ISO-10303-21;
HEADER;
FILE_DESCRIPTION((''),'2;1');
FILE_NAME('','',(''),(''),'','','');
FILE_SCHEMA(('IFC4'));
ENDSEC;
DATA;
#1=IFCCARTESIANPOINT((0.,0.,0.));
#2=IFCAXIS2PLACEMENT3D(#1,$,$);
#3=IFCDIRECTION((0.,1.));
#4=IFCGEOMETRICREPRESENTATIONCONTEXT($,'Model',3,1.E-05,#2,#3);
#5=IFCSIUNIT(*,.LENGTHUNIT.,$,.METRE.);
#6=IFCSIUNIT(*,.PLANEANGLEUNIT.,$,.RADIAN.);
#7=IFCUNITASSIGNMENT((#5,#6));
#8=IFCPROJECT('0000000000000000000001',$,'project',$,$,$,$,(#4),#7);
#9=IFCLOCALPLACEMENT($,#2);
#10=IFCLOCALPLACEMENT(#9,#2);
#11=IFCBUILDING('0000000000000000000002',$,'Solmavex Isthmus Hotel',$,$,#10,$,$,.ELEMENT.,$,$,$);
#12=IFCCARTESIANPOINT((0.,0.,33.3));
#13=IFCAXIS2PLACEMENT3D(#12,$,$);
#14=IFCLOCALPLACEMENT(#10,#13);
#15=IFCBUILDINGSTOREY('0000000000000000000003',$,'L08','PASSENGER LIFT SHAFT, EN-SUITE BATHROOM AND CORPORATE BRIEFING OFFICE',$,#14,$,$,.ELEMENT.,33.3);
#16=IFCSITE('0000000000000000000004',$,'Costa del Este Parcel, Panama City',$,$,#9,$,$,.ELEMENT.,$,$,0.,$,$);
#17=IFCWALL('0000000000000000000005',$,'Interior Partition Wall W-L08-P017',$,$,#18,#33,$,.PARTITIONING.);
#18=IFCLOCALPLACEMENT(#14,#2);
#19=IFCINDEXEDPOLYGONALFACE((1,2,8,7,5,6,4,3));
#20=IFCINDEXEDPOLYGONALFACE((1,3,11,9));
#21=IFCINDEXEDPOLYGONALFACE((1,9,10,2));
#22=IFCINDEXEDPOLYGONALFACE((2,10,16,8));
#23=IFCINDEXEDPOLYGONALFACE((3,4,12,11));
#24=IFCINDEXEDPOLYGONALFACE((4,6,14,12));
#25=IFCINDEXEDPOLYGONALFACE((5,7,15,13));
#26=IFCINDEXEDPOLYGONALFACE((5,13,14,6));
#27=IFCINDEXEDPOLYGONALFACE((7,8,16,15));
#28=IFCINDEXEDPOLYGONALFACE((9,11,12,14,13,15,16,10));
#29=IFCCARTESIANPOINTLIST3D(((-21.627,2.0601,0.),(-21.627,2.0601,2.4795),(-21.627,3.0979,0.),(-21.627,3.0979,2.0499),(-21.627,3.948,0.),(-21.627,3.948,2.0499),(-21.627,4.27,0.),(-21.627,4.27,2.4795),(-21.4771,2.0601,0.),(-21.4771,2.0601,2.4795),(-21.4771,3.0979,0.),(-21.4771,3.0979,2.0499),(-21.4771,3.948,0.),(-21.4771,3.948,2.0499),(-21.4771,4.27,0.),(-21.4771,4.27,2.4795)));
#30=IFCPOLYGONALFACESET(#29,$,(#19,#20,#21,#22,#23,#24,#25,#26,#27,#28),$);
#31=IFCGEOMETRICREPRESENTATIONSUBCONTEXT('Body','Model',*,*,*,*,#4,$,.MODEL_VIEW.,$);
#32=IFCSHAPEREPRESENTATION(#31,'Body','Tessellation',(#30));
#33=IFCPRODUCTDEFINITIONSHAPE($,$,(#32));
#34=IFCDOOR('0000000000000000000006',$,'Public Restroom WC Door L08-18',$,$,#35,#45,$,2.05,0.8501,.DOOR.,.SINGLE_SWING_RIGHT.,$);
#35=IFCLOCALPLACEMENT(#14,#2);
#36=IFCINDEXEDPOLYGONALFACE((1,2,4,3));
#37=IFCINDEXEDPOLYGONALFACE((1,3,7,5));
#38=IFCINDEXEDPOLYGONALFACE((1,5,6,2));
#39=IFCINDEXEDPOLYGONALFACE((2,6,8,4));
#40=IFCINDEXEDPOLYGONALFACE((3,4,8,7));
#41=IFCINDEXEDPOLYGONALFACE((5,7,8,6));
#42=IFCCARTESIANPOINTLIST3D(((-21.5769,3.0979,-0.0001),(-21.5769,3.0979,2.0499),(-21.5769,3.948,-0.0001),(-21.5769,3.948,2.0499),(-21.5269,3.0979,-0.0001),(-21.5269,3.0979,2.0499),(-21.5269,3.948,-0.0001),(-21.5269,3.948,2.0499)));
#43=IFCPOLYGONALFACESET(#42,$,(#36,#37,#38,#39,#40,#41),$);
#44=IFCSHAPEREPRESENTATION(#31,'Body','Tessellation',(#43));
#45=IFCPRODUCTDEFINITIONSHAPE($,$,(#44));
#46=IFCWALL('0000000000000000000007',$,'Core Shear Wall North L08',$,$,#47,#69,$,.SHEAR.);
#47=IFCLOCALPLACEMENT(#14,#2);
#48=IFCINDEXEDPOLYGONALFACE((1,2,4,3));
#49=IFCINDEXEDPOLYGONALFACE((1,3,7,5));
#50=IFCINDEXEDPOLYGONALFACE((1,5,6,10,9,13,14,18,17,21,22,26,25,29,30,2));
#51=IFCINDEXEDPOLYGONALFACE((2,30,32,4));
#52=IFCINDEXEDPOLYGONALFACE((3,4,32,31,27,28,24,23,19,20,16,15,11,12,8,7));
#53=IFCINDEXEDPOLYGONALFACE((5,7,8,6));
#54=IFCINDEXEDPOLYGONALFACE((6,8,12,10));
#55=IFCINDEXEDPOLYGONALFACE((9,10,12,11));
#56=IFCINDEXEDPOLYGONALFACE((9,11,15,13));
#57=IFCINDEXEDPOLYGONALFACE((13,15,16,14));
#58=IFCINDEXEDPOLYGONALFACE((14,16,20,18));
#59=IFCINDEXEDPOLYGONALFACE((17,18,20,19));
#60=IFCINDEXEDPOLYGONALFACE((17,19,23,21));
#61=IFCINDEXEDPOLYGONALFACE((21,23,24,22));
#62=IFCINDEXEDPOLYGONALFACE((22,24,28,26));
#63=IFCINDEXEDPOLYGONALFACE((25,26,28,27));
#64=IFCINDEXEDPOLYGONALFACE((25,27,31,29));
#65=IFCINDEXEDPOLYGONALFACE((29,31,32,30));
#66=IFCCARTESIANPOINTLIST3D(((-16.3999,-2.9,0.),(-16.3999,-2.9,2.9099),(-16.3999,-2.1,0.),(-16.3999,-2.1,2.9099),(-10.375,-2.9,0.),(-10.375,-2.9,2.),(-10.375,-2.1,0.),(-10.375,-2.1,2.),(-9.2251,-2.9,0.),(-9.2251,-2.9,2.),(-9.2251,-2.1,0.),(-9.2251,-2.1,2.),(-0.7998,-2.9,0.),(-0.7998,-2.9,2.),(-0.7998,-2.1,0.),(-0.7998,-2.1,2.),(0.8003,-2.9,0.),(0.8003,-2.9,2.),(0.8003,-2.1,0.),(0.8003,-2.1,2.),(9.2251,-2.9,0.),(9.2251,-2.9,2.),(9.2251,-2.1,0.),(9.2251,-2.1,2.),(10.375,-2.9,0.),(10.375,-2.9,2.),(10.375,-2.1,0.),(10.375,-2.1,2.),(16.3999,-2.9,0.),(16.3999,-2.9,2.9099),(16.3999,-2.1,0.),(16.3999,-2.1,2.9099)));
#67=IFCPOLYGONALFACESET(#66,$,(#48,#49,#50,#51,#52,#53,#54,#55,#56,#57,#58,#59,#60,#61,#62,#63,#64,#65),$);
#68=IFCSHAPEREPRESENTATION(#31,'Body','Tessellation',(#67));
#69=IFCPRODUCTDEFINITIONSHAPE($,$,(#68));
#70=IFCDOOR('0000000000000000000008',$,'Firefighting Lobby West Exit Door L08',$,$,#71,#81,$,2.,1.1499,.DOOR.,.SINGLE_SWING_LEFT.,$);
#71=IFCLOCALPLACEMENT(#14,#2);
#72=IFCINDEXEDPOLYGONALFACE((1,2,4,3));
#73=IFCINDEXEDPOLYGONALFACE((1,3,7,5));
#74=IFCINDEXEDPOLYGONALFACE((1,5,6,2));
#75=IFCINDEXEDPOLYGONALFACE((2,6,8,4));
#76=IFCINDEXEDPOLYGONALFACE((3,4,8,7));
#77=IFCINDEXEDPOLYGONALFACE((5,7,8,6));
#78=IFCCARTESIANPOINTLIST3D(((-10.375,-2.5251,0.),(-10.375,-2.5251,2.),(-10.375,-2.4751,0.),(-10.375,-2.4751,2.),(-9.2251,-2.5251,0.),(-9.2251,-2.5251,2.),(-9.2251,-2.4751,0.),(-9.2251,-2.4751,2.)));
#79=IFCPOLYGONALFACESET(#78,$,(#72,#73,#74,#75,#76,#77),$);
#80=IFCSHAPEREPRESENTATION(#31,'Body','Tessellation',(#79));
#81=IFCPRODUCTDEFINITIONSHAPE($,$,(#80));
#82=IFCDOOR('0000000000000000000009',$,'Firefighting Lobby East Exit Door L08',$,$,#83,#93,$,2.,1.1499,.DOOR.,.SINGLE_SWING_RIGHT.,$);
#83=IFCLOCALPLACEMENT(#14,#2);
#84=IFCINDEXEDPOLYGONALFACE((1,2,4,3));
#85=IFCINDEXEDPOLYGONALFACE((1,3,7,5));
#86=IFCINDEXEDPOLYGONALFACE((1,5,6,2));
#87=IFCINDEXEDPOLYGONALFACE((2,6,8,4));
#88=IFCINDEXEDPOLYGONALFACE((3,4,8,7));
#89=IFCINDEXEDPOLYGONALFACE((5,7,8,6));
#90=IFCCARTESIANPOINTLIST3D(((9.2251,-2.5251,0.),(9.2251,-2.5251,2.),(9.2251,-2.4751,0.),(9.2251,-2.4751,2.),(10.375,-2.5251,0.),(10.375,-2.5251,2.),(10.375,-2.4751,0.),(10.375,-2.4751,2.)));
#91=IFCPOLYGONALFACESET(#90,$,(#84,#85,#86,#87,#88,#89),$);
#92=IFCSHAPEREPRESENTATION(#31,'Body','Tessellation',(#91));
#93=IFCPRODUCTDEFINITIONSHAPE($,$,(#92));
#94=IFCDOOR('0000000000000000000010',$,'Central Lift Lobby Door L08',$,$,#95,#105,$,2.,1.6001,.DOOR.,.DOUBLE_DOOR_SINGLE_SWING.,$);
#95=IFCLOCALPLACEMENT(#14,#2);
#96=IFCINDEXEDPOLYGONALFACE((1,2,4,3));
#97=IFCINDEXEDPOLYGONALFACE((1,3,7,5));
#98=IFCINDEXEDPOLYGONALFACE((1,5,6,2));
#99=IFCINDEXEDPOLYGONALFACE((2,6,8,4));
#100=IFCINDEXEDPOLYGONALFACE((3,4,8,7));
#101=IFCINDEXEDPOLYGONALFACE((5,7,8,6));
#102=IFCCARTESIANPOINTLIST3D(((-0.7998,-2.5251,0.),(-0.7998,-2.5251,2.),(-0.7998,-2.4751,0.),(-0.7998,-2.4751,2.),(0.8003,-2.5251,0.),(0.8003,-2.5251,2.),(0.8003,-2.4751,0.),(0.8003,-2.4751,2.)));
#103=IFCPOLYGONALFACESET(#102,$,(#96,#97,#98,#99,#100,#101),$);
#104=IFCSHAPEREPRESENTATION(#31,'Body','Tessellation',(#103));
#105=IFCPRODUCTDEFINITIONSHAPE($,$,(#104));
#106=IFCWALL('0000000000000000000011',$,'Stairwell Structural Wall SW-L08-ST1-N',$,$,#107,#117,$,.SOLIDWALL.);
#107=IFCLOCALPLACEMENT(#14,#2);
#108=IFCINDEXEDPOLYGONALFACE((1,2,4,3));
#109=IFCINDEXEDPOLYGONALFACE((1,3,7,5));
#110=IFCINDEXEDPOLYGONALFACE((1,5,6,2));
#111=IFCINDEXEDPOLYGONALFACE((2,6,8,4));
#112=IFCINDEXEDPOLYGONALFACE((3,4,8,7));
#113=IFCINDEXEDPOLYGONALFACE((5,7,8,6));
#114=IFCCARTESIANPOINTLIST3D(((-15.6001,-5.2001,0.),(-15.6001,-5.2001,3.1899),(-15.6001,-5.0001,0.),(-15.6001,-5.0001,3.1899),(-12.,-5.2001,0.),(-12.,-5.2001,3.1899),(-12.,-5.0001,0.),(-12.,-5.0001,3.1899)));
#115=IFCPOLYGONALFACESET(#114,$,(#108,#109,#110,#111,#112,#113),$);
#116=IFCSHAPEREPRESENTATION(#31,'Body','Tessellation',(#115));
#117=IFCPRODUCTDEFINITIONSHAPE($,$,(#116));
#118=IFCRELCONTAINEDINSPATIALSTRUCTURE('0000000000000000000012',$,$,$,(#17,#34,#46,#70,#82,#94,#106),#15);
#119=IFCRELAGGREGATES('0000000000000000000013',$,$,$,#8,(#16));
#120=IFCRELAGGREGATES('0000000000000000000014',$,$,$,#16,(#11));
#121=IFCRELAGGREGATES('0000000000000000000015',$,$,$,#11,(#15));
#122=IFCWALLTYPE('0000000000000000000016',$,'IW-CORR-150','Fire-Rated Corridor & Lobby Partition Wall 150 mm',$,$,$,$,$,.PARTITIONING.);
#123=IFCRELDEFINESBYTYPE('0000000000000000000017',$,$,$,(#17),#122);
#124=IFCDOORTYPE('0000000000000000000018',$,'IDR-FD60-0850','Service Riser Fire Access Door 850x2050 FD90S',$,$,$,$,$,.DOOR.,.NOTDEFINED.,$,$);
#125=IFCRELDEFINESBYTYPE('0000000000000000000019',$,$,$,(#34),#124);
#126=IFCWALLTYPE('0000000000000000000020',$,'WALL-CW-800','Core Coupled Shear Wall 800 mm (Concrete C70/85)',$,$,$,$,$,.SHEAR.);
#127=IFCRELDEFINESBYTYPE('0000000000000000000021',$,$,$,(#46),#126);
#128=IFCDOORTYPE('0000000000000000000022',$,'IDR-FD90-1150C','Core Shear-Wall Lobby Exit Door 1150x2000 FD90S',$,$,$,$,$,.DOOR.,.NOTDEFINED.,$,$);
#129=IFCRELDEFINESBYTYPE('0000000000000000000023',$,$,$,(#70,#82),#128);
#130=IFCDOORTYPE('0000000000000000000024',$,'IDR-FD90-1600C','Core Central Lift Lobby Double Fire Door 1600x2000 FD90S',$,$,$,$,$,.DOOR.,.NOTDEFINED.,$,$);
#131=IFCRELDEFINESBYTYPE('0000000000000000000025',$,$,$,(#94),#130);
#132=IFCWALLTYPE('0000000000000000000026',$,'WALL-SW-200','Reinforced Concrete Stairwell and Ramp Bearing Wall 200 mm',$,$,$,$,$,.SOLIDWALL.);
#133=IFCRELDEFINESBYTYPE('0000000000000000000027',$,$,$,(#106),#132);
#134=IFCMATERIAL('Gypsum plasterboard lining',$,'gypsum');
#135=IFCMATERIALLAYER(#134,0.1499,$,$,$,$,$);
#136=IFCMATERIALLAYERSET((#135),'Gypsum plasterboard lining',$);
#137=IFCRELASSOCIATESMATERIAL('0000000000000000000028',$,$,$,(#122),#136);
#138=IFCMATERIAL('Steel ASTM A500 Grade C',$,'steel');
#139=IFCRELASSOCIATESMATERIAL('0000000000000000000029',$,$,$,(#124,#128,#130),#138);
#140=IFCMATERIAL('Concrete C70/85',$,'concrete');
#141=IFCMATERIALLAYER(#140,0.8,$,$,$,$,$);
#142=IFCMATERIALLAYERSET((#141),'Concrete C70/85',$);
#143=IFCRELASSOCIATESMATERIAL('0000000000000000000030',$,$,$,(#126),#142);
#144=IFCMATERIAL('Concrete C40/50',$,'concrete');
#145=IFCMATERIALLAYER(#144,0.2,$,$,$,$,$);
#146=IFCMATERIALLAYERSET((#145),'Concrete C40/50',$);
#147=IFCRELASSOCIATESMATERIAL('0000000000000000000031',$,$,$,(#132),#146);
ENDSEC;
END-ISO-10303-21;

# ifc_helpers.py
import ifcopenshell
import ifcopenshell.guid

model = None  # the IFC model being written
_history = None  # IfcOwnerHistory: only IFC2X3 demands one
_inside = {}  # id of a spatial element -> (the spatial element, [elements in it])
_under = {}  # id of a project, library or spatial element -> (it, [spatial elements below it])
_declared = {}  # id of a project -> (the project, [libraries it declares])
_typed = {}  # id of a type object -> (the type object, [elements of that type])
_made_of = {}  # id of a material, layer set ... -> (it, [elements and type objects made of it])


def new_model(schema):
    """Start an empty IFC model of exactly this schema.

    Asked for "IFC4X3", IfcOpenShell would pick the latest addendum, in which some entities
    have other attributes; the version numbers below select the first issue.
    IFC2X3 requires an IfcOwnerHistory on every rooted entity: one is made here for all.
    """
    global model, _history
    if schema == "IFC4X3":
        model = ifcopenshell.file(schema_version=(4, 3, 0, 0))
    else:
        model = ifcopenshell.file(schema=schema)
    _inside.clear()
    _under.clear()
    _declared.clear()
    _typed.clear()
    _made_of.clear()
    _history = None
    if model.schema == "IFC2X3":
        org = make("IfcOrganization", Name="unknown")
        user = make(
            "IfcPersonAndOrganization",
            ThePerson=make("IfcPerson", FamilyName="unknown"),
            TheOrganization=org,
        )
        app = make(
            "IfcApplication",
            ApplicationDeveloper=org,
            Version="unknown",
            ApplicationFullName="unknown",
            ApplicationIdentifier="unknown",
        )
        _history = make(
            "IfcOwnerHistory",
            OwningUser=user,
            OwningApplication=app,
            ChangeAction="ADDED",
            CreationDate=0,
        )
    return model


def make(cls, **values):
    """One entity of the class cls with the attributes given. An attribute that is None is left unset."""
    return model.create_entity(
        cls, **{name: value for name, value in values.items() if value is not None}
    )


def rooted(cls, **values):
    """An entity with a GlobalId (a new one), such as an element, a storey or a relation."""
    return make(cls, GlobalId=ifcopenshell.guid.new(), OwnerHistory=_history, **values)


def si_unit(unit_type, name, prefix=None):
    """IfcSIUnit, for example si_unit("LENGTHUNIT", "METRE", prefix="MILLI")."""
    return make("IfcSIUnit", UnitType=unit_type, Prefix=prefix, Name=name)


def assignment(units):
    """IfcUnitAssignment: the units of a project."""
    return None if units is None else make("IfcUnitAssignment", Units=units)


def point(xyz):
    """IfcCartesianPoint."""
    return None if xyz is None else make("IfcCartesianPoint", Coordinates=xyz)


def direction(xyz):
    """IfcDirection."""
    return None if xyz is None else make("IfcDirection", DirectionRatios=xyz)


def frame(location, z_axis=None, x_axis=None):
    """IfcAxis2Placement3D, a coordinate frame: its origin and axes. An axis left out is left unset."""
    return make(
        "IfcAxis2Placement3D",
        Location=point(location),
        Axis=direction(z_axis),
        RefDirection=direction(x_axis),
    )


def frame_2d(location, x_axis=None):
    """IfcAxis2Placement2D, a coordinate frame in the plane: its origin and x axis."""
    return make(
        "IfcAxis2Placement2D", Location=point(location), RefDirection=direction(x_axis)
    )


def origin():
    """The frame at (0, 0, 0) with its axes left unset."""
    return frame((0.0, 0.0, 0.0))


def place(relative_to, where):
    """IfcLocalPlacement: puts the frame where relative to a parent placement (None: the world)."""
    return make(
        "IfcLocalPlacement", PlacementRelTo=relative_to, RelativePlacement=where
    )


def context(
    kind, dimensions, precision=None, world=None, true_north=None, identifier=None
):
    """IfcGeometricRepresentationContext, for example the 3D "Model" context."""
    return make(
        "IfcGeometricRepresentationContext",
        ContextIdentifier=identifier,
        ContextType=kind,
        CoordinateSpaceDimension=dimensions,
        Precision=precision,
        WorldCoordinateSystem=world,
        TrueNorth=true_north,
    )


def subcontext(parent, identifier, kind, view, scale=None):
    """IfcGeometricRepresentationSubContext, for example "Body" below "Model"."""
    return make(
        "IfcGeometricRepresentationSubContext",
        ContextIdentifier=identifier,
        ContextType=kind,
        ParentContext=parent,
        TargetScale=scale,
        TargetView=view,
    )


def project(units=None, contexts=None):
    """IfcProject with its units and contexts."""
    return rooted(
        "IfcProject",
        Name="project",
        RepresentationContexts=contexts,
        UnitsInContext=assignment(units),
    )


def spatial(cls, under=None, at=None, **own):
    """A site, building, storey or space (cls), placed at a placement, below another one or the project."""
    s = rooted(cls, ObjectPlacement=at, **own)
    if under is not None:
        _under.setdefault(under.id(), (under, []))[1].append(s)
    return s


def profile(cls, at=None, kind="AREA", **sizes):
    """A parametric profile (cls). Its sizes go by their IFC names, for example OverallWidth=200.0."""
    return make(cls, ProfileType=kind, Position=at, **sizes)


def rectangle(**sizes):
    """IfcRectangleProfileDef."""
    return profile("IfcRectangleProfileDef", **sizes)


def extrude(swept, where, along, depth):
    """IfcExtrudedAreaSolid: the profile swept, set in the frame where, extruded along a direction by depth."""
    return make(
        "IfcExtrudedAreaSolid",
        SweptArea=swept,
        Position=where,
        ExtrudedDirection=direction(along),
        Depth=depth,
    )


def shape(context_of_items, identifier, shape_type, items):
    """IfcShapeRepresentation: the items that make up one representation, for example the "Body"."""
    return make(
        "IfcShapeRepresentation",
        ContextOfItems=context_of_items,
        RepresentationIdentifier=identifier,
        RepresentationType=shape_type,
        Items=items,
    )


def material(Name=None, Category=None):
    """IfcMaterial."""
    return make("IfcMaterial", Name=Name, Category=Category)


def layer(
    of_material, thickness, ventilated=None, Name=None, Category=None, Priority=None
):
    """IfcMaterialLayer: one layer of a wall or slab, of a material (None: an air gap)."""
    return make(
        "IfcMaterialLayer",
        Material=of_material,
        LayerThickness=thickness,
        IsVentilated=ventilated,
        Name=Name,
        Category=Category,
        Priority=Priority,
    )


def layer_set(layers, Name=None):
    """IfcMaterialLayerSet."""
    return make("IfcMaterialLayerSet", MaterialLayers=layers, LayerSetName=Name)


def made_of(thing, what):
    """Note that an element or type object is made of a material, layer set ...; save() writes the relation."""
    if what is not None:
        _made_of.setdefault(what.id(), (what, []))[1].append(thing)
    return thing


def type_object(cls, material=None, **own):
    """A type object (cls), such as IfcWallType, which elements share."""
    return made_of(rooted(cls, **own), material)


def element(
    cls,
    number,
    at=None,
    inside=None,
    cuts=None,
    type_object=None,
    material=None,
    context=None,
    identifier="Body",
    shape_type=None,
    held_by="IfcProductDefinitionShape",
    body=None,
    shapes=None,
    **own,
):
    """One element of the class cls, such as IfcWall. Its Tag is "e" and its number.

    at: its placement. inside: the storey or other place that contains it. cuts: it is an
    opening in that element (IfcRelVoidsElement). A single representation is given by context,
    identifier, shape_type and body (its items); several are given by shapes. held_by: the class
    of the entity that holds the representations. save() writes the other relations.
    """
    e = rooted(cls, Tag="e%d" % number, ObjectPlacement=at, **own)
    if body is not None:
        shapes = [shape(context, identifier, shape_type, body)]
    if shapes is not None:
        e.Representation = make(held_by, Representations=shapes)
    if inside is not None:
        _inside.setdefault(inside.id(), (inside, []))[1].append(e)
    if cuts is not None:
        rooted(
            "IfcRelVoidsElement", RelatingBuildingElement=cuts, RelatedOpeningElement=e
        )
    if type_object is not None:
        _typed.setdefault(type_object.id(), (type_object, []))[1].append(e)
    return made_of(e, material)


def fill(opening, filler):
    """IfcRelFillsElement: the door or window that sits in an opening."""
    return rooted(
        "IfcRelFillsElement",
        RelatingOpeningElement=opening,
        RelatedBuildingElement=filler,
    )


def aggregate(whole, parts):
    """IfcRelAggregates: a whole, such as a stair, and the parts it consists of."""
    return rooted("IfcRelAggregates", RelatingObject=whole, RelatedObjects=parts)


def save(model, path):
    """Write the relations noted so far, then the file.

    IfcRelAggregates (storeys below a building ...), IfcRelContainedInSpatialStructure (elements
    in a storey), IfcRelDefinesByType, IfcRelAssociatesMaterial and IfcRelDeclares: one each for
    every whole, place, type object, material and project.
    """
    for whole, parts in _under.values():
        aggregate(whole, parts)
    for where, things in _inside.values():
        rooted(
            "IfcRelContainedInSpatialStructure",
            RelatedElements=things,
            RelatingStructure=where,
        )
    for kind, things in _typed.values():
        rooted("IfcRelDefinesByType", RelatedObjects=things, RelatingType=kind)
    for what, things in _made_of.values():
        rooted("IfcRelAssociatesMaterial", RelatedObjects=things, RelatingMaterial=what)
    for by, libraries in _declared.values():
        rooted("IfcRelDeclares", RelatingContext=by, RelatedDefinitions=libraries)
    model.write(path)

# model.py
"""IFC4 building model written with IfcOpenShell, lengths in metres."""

from ifc_helpers import new_model, si_unit, direction, frame, frame_2d, origin, place, context, subcontext, project, spatial, rectangle, extrude, material, layer, layer_set, type_object, element, fill, save


model = new_model("IFC4")

# Units and contexts
model_context = context("Model", 3, precision=1e-05, world=origin(), true_north=direction((0.0, 1.0)))
body_context = subcontext(model_context, "Body", "Model", "MODEL_VIEW")
ifc_project = project(units=[si_unit("LENGTHUNIT", "METRE"), si_unit("PLANEANGLEUNIT", "RADIAN")], contexts=[model_context])

# Site, building, storey
site_placement = place(None, origin())
site = spatial("IfcSite", under=ifc_project, at=site_placement, Name="Costa del Este Parcel, Panama City", CompositionType="ELEMENT", RefElevation=0.0)
building_placement = place(site_placement, origin())
building = spatial("IfcBuilding", under=site, at=building_placement, Name="Solmavex Isthmus Hotel", CompositionType="ELEMENT")
storey_placement = place(building_placement, frame((0.0, 0.0, 33.3)))
storey = spatial("IfcBuildingStorey", under=building, at=storey_placement, Name="L08", Description="PASSENGER LIFT SHAFT, EN-SUITE BATHROOM AND CORPORATE BRIEFING OFFICE", CompositionType="ELEMENT", Elevation=33.3)

# Shared definitions
ifc_material_1 = material(Name="Concrete C70/85", Category="concrete")

# Shared definitions
ifc_material_2 = material(Name="Gypsum plasterboard lining", Category="gypsum")

# Wall, opening, door
ifc_layer_1 = layer(ifc_material_2, 0.1499)
ifc_layer_set_1 = layer_set([ifc_layer_1], Name="Gypsum plasterboard lining")
wall_type_1 = type_object("IfcWallType", Name="IW-CORR-150", Description="Fire-Rated Corridor & Lobby Partition Wall 150 mm", PredefinedType="PARTITIONING", material=ifc_layer_set_1)
wall_1_placement = place(storey_placement, frame((-21.552, 2.0601, 0.0), z_axis=(0.0, 0.0, 1.0), x_axis=(0.0, 1.0, 0.0)))
wall_1 = element("IfcWall", 1, at=wall_1_placement, inside=storey, type_object=wall_type_1, Name="Interior Partition Wall W-L08-P017", PredefinedType="PARTITIONING", context=body_context, shape_type="SweptSolid", body=[
    extrude(rectangle(XDim=2.21, YDim=0.1499, at=frame_2d((1.105, 0.0))), origin(), (0.0, 0.0, 1.0), 2.4795),
])
opening_1_placement = place(wall_1_placement, frame((1.0378, 0.0, 0.0)))
opening_1 = element("IfcOpeningElement", 2, at=opening_1_placement, cuts=wall_1, PredefinedType="OPENING", context=body_context, shape_type="SweptSolid", body=[
    extrude(rectangle(XDim=0.8501, YDim=2.05, at=frame_2d((0.425, 1.0249))), frame((0.0, 0.085, 0.0), z_axis=(0.0, -1.0, 0.0), x_axis=(1.0, 0.0, 0.0)), (0.0, 0.0, 1.0), 0.1699),
])
ifc_material_3 = material(Name="Steel ASTM A500 Grade C", Category="steel")
door_type_1 = type_object("IfcDoorType", Name="IDR-FD60-0850", Description="Service Riser Fire Access Door 850x2050 FD90S", OperationType="NOTDEFINED", PredefinedType="DOOR", material=ifc_material_3)
door_1_placement = place(opening_1_placement, origin())
door_1 = element("IfcDoor", 3, at=door_1_placement, inside=storey, type_object=door_type_1, Name="Public Restroom WC Door L08-18", OperationType="SINGLE_SWING_RIGHT", OverallHeight=2.05, OverallWidth=0.8501, PredefinedType="DOOR", context=body_context, shape_type="SweptSolid", body=[
    extrude(rectangle(XDim=0.8501, YDim=2.05, at=frame_2d((0.425, 1.0249))), frame((0.0, 0.0249, 0.0), z_axis=(0.0, -1.0, 0.0), x_axis=(1.0, 0.0, 0.0)), (0.0, 0.0, 1.0), 0.05),
])
fill(opening_1, door_1)

# Wall, openings, doors
ifc_layer_2 = layer(ifc_material_1, 0.8)
ifc_layer_set_2 = layer_set([ifc_layer_2], Name="Concrete C70/85")
wall_type_2 = type_object("IfcWallType", Name="WALL-CW-800", Description="Core Coupled Shear Wall 800 mm (Concrete C70/85)", PredefinedType="SHEAR", material=ifc_layer_set_2)
wall_2_placement = place(storey_placement, frame((-16.3999, -2.5, 0.0), z_axis=(0.0, 0.0, 1.0), x_axis=(1.0, 0.0, 0.0)))
wall_2 = element("IfcWall", 4, at=wall_2_placement, inside=storey, type_object=wall_type_2, Name="Core Shear Wall North L08", PredefinedType="SHEAR", context=body_context, shape_type="SweptSolid", body=[
    extrude(rectangle(XDim=32.7998, YDim=0.8, at=frame_2d((16.3999, 0.0))), origin(), (0.0, 0.0, 1.0), 2.9099),
])
opening_2_placement = place(wall_2_placement, frame((6.0249, 0.0, 0.0)))
opening_2 = element("IfcOpeningElement", 5, at=opening_2_placement, cuts=wall_2, PredefinedType="OPENING", context=body_context, shape_type="SweptSolid", body=[
    extrude(rectangle(XDim=1.1499, YDim=2.0, at=frame_2d((0.575, 1.0))), frame((0.0, 0.4099, 0.0), z_axis=(0.0, -1.0, 0.0), x_axis=(1.0, 0.0, 0.0)), (0.0, 0.0, 1.0), 0.8201),
])
opening_3_placement = place(wall_2_placement, frame((15.6001, 0.0, 0.0)))
opening_3 = element("IfcOpeningElement", 6, at=opening_3_placement, cuts=wall_2, PredefinedType="OPENING", context=body_context, shape_type="SweptSolid", body=[
    extrude(rectangle(XDim=1.6001, YDim=2.0, at=frame_2d((0.8, 1.0))), frame((0.0, 0.4099, 0.0), z_axis=(0.0, -1.0, 0.0), x_axis=(1.0, 0.0, 0.0)), (0.0, 0.0, 1.0), 0.8201),
])
opening_4_placement = place(wall_2_placement, frame((25.625, 0.0, 0.0)))
opening_4 = element("IfcOpeningElement", 7, at=opening_4_placement, cuts=wall_2, PredefinedType="OPENING", context=body_context, shape_type="SweptSolid", body=[
    extrude(rectangle(XDim=1.1499, YDim=2.0, at=frame_2d((0.575, 1.0))), frame((0.0, 0.4099, 0.0), z_axis=(0.0, -1.0, 0.0), x_axis=(1.0, 0.0, 0.0)), (0.0, 0.0, 1.0), 0.8201),
])
door_type_2 = type_object("IfcDoorType", Name="IDR-FD90-1150C", Description="Core Shear-Wall Lobby Exit Door 1150x2000 FD90S", OperationType="NOTDEFINED", PredefinedType="DOOR", material=ifc_material_3)
door_2_placement = place(opening_2_placement, origin())
door_2 = element("IfcDoor", 8, at=door_2_placement, inside=storey, type_object=door_type_2, Name="Firefighting Lobby West Exit Door L08", OperationType="SINGLE_SWING_LEFT", OverallHeight=2.0, OverallWidth=1.1499, PredefinedType="DOOR", context=body_context, shape_type="SweptSolid", body=[
    extrude(rectangle(XDim=1.1499, YDim=2.0, at=frame_2d((0.575, 1.0))), frame((0.0, 0.0249, 0.0), z_axis=(0.0, -1.0, 0.0), x_axis=(1.0, 0.0, 0.0)), (0.0, 0.0, 1.0), 0.05),
])
fill(opening_2, door_2)
door_3_placement = place(opening_4_placement, origin())
door_3 = element("IfcDoor", 9, at=door_3_placement, inside=storey, type_object=door_type_2, Name="Firefighting Lobby East Exit Door L08", OperationType="SINGLE_SWING_RIGHT", OverallHeight=2.0, OverallWidth=1.1499, PredefinedType="DOOR", context=body_context, shape_type="SweptSolid", body=[
    extrude(rectangle(XDim=1.1499, YDim=2.0, at=frame_2d((0.575, 1.0))), frame((0.0, 0.0249, 0.0), z_axis=(0.0, -1.0, 0.0), x_axis=(1.0, 0.0, 0.0)), (0.0, 0.0, 1.0), 0.05),
])
fill(opening_4, door_3)
door_type_3 = type_object("IfcDoorType", Name="IDR-FD90-1600C", Description="Core Central Lift Lobby Double Fire Door 1600x2000 FD90S", OperationType="NOTDEFINED", PredefinedType="DOOR", material=ifc_material_3)
door_4_placement = place(opening_3_placement, origin())
door_4 = element("IfcDoor", 10, at=door_4_placement, inside=storey, type_object=door_type_3, Name="Central Lift Lobby Door L08", OperationType="DOUBLE_DOOR_SINGLE_SWING", OverallHeight=2.0, OverallWidth=1.6001, PredefinedType="DOOR", context=body_context, shape_type="SweptSolid", body=[
    extrude(rectangle(XDim=1.6001, YDim=2.0, at=frame_2d((0.8, 1.0))), frame((0.0, 0.0249, 0.0), z_axis=(0.0, -1.0, 0.0), x_axis=(1.0, 0.0, 0.0)), (0.0, 0.0, 1.0), 0.05),
])
fill(opening_3, door_4)

# Wall
ifc_material_4 = material(Name="Concrete C40/50", Category="concrete")
ifc_layer_3 = layer(ifc_material_4, 0.2)
ifc_layer_set_3 = layer_set([ifc_layer_3], Name="Concrete C40/50")
wall_type_3 = type_object("IfcWallType", Name="WALL-SW-200", Description="Reinforced Concrete Stairwell and Ramp Bearing Wall 200 mm", PredefinedType="SOLIDWALL", material=ifc_layer_set_3)
wall_3_placement = place(storey_placement, frame((-15.6001, -5.1001, 0.0), z_axis=(0.0, 0.0, 1.0), x_axis=(1.0, 0.0, 0.0)))
element("IfcWall", 11, at=wall_3_placement, inside=storey, type_object=wall_type_3, Name="Stairwell Structural Wall SW-L08-ST1-N", PredefinedType="SOLIDWALL", context=body_context, shape_type="SweptSolid", body=[
    extrude(rectangle(XDim=3.6001, YDim=0.2, at=frame_2d((1.8, 0.0))), origin(), (0.0, 0.0, 1.0), 3.1899),
])

save(model, "model.ifc")
